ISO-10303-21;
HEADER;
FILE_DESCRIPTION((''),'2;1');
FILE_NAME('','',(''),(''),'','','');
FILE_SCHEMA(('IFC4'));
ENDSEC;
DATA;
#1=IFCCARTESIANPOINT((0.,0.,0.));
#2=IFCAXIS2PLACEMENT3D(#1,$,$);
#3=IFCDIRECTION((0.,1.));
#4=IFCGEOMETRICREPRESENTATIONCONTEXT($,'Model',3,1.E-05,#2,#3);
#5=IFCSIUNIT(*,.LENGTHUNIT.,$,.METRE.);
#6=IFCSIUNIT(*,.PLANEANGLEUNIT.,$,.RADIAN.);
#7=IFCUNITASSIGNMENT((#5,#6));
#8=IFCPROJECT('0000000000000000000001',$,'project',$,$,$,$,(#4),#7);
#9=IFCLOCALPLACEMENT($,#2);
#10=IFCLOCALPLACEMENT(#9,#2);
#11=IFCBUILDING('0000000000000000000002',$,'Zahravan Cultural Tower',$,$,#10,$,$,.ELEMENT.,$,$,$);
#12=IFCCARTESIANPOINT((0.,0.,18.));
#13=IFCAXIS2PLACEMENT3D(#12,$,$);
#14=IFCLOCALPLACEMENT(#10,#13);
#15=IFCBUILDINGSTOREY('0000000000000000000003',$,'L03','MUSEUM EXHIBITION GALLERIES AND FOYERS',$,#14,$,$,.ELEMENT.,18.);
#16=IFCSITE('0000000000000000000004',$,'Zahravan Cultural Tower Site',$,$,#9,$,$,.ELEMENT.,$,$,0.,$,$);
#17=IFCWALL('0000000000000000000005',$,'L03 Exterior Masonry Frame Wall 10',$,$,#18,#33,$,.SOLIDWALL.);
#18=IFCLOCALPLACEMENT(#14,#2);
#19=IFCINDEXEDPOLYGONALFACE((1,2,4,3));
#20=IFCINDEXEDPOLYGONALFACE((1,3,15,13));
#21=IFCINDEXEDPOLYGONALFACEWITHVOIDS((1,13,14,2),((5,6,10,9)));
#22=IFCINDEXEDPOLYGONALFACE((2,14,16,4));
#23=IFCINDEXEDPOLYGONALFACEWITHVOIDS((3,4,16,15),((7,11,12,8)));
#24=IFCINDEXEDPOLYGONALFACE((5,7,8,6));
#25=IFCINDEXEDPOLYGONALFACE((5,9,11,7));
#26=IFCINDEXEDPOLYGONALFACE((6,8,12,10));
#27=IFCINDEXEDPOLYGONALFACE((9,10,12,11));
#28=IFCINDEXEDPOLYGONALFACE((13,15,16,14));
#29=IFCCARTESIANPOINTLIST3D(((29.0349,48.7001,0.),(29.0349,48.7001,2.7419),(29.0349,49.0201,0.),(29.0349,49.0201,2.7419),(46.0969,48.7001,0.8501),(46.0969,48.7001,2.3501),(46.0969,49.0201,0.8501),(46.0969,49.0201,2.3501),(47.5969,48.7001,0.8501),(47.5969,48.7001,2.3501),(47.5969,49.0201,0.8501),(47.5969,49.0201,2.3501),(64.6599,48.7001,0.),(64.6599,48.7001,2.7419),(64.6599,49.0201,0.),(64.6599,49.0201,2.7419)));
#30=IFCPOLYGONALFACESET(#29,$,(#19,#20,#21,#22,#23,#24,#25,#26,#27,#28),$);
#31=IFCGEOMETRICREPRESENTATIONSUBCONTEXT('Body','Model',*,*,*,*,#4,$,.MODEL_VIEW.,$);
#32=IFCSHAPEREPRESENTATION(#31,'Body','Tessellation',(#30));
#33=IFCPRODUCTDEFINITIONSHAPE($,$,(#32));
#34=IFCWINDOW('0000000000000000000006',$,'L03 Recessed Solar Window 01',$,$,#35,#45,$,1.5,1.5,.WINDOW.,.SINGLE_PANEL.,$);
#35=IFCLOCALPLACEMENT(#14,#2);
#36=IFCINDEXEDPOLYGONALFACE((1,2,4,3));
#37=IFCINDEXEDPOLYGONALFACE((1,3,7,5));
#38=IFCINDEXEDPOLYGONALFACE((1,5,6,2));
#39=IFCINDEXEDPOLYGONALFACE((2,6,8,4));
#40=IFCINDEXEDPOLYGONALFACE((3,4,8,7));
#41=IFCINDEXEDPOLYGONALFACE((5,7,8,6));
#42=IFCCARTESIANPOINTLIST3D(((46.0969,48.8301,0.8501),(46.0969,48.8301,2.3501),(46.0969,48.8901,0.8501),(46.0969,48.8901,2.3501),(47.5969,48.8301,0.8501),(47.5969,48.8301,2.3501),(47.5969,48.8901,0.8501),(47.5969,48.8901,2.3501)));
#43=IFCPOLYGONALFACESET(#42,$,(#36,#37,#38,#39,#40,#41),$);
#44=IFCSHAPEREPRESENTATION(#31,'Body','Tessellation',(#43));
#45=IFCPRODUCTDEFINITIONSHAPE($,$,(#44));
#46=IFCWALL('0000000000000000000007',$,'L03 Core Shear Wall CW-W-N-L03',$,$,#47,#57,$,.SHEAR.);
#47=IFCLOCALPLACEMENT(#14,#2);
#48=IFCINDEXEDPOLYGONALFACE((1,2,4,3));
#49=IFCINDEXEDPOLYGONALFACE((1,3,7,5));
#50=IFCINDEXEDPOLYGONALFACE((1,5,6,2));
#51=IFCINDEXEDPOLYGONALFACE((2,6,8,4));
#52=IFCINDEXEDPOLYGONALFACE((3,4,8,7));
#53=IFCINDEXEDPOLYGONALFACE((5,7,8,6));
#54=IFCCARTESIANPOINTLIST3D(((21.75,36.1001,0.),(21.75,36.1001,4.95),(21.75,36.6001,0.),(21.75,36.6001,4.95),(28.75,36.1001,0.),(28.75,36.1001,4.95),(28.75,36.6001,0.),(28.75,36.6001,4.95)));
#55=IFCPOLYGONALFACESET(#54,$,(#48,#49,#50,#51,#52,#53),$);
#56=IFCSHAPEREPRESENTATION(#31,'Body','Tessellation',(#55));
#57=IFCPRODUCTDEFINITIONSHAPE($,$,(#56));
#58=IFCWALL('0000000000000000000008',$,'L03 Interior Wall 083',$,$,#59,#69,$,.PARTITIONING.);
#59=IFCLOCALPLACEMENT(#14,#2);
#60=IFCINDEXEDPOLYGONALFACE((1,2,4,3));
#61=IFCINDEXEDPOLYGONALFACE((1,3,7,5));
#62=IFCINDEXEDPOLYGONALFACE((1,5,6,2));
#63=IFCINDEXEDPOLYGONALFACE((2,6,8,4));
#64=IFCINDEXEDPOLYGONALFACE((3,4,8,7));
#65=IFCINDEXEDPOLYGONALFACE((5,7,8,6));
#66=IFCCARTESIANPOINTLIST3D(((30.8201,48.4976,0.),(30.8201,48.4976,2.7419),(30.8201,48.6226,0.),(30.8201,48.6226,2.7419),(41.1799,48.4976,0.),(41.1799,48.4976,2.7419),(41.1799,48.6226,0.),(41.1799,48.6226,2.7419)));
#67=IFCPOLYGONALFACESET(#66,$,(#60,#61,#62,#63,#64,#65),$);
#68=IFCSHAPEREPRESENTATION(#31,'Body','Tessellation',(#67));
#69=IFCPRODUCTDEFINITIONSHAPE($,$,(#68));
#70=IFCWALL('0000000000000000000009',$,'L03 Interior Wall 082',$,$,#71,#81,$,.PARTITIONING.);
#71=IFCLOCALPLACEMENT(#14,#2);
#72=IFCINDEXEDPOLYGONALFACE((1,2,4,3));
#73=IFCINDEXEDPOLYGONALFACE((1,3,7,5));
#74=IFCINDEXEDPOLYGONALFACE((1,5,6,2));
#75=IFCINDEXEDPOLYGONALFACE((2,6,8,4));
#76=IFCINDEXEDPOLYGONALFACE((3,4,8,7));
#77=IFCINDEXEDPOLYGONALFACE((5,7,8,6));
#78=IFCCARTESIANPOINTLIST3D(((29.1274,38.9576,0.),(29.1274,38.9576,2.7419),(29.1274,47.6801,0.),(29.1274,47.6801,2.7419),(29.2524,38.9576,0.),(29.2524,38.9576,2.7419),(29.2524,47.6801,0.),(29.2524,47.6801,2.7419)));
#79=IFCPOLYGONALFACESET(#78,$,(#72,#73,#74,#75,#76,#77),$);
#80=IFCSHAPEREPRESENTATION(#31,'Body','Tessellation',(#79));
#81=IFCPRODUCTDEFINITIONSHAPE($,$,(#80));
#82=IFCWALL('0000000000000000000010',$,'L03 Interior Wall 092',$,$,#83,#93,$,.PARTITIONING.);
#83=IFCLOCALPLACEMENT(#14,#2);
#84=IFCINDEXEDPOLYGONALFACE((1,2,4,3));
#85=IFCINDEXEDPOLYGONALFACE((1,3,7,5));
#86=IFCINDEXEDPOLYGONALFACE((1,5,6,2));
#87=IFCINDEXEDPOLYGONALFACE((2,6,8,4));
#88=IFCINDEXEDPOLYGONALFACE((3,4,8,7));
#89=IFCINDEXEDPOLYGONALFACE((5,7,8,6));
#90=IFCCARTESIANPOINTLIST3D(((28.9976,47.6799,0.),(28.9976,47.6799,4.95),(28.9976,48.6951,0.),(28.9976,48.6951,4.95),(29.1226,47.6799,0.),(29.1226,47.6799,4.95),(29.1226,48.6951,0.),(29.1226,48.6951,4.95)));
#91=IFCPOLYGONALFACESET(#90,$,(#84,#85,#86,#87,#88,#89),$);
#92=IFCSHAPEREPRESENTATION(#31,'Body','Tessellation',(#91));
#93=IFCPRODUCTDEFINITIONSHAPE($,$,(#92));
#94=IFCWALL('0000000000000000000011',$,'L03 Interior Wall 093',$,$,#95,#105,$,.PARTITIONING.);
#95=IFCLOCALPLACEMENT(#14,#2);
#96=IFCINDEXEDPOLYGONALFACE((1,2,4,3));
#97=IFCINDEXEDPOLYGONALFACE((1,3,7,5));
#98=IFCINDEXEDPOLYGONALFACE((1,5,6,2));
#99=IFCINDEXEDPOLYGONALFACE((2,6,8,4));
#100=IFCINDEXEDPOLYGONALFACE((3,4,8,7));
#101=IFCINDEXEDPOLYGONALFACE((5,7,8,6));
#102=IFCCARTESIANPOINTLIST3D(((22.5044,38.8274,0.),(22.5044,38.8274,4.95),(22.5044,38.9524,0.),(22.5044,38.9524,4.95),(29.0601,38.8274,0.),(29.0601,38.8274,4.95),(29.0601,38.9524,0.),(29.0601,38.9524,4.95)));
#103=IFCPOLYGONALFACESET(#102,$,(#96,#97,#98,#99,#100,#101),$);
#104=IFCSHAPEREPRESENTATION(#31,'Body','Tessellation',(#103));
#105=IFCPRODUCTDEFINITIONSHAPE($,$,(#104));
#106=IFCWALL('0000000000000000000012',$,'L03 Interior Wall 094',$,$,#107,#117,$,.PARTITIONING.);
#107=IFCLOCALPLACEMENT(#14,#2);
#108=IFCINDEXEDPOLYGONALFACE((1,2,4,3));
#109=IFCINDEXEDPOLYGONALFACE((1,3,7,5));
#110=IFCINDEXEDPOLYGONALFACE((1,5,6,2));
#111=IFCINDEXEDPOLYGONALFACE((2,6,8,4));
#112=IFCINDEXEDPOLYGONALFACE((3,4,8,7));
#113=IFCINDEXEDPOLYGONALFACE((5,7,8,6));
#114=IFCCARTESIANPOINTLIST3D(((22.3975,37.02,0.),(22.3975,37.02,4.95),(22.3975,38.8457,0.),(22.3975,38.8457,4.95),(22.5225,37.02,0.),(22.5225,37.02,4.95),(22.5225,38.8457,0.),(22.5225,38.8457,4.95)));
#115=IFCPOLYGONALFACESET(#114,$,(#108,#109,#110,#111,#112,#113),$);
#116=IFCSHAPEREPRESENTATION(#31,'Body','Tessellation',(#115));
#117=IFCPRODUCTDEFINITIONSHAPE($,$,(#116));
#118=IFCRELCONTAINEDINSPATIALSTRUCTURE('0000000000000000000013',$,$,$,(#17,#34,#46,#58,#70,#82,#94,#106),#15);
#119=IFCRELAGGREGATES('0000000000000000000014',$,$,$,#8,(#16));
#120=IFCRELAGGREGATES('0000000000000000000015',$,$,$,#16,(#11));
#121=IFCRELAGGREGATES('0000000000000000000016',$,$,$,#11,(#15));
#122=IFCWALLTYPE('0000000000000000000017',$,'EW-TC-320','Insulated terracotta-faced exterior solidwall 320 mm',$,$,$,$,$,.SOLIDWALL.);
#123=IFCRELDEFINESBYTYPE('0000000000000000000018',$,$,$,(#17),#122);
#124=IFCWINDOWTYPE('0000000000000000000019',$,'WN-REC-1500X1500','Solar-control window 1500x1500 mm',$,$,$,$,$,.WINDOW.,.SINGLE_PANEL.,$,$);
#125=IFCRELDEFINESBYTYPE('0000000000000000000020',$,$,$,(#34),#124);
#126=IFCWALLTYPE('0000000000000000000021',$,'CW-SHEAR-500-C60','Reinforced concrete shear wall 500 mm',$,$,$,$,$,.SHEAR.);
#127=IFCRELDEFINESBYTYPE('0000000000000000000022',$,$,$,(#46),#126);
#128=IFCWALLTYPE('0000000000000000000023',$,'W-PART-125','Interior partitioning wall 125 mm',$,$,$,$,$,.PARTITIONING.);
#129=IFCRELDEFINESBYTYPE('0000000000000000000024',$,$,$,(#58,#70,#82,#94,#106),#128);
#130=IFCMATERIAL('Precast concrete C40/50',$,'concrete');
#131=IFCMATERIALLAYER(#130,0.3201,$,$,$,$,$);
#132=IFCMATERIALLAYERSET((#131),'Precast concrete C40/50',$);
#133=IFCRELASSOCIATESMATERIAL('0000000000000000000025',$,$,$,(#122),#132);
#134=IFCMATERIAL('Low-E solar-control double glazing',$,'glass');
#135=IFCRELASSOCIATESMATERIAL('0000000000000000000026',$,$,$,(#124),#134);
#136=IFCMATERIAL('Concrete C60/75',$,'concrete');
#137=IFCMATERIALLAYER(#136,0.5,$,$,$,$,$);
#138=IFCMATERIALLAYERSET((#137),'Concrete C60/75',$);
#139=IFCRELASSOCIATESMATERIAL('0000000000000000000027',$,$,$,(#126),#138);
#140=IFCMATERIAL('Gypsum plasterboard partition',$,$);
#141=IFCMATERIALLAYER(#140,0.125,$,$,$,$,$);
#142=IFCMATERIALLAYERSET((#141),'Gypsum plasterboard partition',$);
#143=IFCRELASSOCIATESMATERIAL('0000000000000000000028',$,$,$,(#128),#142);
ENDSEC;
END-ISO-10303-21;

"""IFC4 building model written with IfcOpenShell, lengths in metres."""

from ifc_helpers import new_model, si_unit, direction, frame, frame_2d, origin, place, context, subcontext, project, spatial, rectangle, extrude, source, transform, mapped, material, layer, layer_set, type_object, element, fill, save


model = new_model("IFC4")

# Units and contexts
model_context = context("Model", 3, precision=1e-05, world=origin(), true_north=direction((0.0, 1.0)))
body_context = subcontext(model_context, "Body", "Model", "MODEL_VIEW")
ifc_project = project(units=[si_unit("LENGTHUNIT", "METRE"), si_unit("PLANEANGLEUNIT", "RADIAN")], contexts=[model_context])

# Site, building, storey
site_placement = place(None, origin())
site = spatial("IfcSite", under=ifc_project, at=site_placement, Name="Zahravan Cultural Tower Site", CompositionType="ELEMENT", RefElevation=0.0)
building_placement = place(site_placement, origin())
building = spatial("IfcBuilding", under=site, at=building_placement, Name="Zahravan Cultural Tower", CompositionType="ELEMENT")
storey_placement = place(building_placement, frame((0.0, 0.0, 18.0)))
storey = spatial("IfcBuildingStorey", under=building, at=storey_placement, Name="L03", Description="MUSEUM EXHIBITION GALLERIES AND FOYERS", CompositionType="ELEMENT", Elevation=18.0)

# Shared definitions
ifc_material_1 = material(Name="Concrete C60/75", Category="concrete")

# Shared definitions
ifc_material_2 = material(Name="Low-E solar-control double glazing", Category="glass")

# Wall, opening, window
ifc_material_3 = material(Name="Precast concrete C40/50", Category="concrete")
ifc_layer_1 = layer(ifc_material_3, 0.3201)
ifc_layer_set_1 = layer_set([ifc_layer_1], Name="Precast concrete C40/50")
wall_type_1 = type_object("IfcWallType", Name="EW-TC-320", Description="Insulated terracotta-faced exterior solidwall 320 mm", PredefinedType="SOLIDWALL", material=ifc_layer_set_1)
wall_1_placement = place(storey_placement, frame((29.0349, 48.8601, 0.0), z_axis=(0.0, 0.0, 1.0), x_axis=(1.0, 0.0, 0.0)))
wall_1 = element("IfcWall", 1, at=wall_1_placement, inside=storey, type_object=wall_type_1, Name="L03 Exterior Masonry Frame Wall 10", PredefinedType="SOLIDWALL", context=body_context, shape_type="SweptSolid", body=[
    extrude(rectangle(XDim=35.625, YDim=0.3201, at=frame_2d((17.8125, 0.0))), origin(), (0.0, 0.0, 1.0), 2.7419),
])
opening_placement = place(wall_1_placement, frame((17.062, 0.0, 0.8501)))
opening = element("IfcOpeningElement", 2, at=opening_placement, cuts=wall_1, PredefinedType="OPENING", context=body_context, shape_type="SweptSolid", body=[
    extrude(rectangle(XDim=1.5, YDim=1.5, at=frame_2d((0.75, 0.75))), frame((0.0, 0.1699, 0.0), z_axis=(0.0, -1.0, 0.0), x_axis=(1.0, 0.0, 0.0)), (0.0, 0.0, 1.0), 0.3401),
])
window_type = type_object("IfcWindowType", Name="WN-REC-1500X1500", Description="Solar-control window 1500x1500 mm", PartitioningType="SINGLE_PANEL", PredefinedType="WINDOW", material=ifc_material_2)
shared_shape_1 = source(origin(), body_context, "Body", "SweptSolid", [
    extrude(rectangle(XDim=1.5, YDim=1.5, at=frame_2d((0.75, 0.75))), frame((0.0, 0.03, 0.0), z_axis=(0.0, -1.0, 0.0), x_axis=(1.0, 0.0, 0.0)), (0.0, 0.0, 1.0), 0.0601),
])
window_placement = place(opening_placement, origin())
window = element("IfcWindow", 3, at=window_placement, inside=storey, type_object=window_type, Name="L03 Recessed Solar Window 01", OverallHeight=1.5, OverallWidth=1.5, PartitioningType="SINGLE_PANEL", PredefinedType="WINDOW", context=body_context, shape_type="MappedRepresentation", body=[
    mapped(shared_shape_1, transform((0.0, 0.0, 0.0), x_axis=(1.0, 0.0, 0.0), y_axis=(0.0, 1.0, 0.0), z_axis=(0.0, 0.0, 1.0), scale=1.0)),
])
fill(opening, window)

# Walls
ifc_layer_2 = layer(ifc_material_1, 0.5)
ifc_layer_set_2 = layer_set([ifc_layer_2], Name="Concrete C60/75")
wall_type_2 = type_object("IfcWallType", Name="CW-SHEAR-500-C60", Description="Reinforced concrete shear wall 500 mm", PredefinedType="SHEAR", material=ifc_layer_set_2)
shared_shape_2 = source(origin(), body_context, "Body", "SweptSolid", [
    extrude(rectangle(XDim=7.0, YDim=0.5, at=frame_2d((3.5, 0.0))), origin(), (0.0, 0.0, 1.0), 4.95),
])
wall_2_placement = place(storey_placement, frame((21.75, 36.3501, 0.0), z_axis=(0.0, 0.0, 1.0), x_axis=(1.0, 0.0, 0.0)))
element("IfcWall", 4, at=wall_2_placement, inside=storey, type_object=wall_type_2, Name="L03 Core Shear Wall CW-W-N-L03", PredefinedType="SHEAR", context=body_context, shape_type="MappedRepresentation", body=[
    mapped(shared_shape_2, transform((0.0, 0.0, 0.0), x_axis=(1.0, 0.0, 0.0), y_axis=(0.0, 1.0, 0.0), z_axis=(0.0, 0.0, 1.0), scale=1.0)),
])
ifc_material_4 = material(Name="Gypsum plasterboard partition")
ifc_layer_3 = layer(ifc_material_4, 0.125)
ifc_layer_set_3 = layer_set([ifc_layer_3], Name="Gypsum plasterboard partition")
wall_type_3 = type_object("IfcWallType", Name="W-PART-125", Description="Interior partitioning wall 125 mm", PredefinedType="PARTITIONING", material=ifc_layer_set_3)
shared_shape_3 = source(origin(), body_context, "Body", "SweptSolid", [
    extrude(rectangle(XDim=10.3599, YDim=0.125, at=frame_2d((5.1799, 0.0))), origin(), (0.0, 0.0, 1.0), 2.7419),
])
wall_3_placement = place(storey_placement, frame((30.8201, 48.5601, 0.0), z_axis=(0.0, 0.0, 1.0), x_axis=(1.0, 0.0, 0.0)))
element("IfcWall", 5, at=wall_3_placement, inside=storey, type_object=wall_type_3, Name="L03 Interior Wall 083", PredefinedType="PARTITIONING", context=body_context, shape_type="MappedRepresentation", body=[
    mapped(shared_shape_3, transform((0.0, 0.0, 0.0), x_axis=(1.0, 0.0, 0.0), y_axis=(0.0, 1.0, 0.0), z_axis=(0.0, 0.0, 1.0), scale=1.0)),
])
shared_shape_4 = source(origin(), body_context, "Body", "SweptSolid", [
    extrude(rectangle(XDim=8.7224, YDim=0.125, at=frame_2d((4.3613, 0.0))), origin(), (0.0, 0.0, 1.0), 2.7419),
])
wall_4_placement = place(storey_placement, frame((29.1899, 38.9575, 0.0), z_axis=(0.0, 0.0, 1.0), x_axis=(0.0, 1.0, 0.0)))
element("IfcWall", 6, at=wall_4_placement, inside=storey, type_object=wall_type_3, Name="L03 Interior Wall 082", PredefinedType="PARTITIONING", context=body_context, shape_type="MappedRepresentation", body=[
    mapped(shared_shape_4, transform((0.0, 0.0, 0.0), x_axis=(1.0, 0.0, 0.0), y_axis=(0.0, 1.0, 0.0), z_axis=(0.0, 0.0, 1.0), scale=1.0)),
])
shared_shape_5 = source(origin(), body_context, "Body", "SweptSolid", [
    extrude(rectangle(XDim=1.0151, YDim=0.125, at=frame_2d((0.5076, 0.0))), origin(), (0.0, 0.0, 1.0), 4.95),
])
wall_5_placement = place(storey_placement, frame((29.0601, 48.6951, 0.0), z_axis=(0.0, 0.0, 1.0), x_axis=(0.0, -1.0, 0.0)))
element("IfcWall", 7, at=wall_5_placement, inside=storey, type_object=wall_type_3, Name="L03 Interior Wall 092", PredefinedType="PARTITIONING", context=body_context, shape_type="MappedRepresentation", body=[
    mapped(shared_shape_5, transform((0.0, 0.0, 0.0), x_axis=(1.0, 0.0, 0.0), y_axis=(0.0, 1.0, 0.0), z_axis=(0.0, 0.0, 1.0), scale=1.0)),
])
shared_shape_6 = source(origin(), body_context, "Body", "SweptSolid", [
    extrude(rectangle(XDim=6.5557, YDim=0.125, at=frame_2d((3.2778, 0.0))), origin(), (0.0, 0.0, 1.0), 4.95),
])
wall_6_placement = place(storey_placement, frame((29.0601, 38.8899, 0.0), z_axis=(0.0, 0.0, 1.0), x_axis=(-1.0, 0.0, 0.0)))
element("IfcWall", 8, at=wall_6_placement, inside=storey, type_object=wall_type_3, Name="L03 Interior Wall 093", PredefinedType="PARTITIONING", context=body_context, shape_type="MappedRepresentation", body=[
    mapped(shared_shape_6, transform((0.0, 0.0, 0.0), x_axis=(1.0, 0.0, 0.0), y_axis=(0.0, 1.0, 0.0), z_axis=(0.0, 0.0, 1.0), scale=1.0)),
])
shared_shape_7 = source(origin(), body_context, "Body", "SweptSolid", [
    extrude(rectangle(XDim=1.8257, YDim=0.125, at=frame_2d((0.9128, 0.0))), origin(), (0.0, 0.0, 1.0), 4.95),
])
wall_7_placement = place(storey_placement, frame((22.46, 38.8457, 0.0), z_axis=(0.0, 0.0, 1.0), x_axis=(0.0, -1.0, 0.0)))
element("IfcWall", 9, at=wall_7_placement, inside=storey, type_object=wall_type_3, Name="L03 Interior Wall 094", PredefinedType="PARTITIONING", context=body_context, shape_type="MappedRepresentation", body=[
    mapped(shared_shape_7, transform((0.0, 0.0, 0.0), x_axis=(1.0, 0.0, 0.0), y_axis=(0.0, 1.0, 0.0), z_axis=(0.0, 0.0, 1.0), scale=1.0)),
])

save(model, "model.ifc")
